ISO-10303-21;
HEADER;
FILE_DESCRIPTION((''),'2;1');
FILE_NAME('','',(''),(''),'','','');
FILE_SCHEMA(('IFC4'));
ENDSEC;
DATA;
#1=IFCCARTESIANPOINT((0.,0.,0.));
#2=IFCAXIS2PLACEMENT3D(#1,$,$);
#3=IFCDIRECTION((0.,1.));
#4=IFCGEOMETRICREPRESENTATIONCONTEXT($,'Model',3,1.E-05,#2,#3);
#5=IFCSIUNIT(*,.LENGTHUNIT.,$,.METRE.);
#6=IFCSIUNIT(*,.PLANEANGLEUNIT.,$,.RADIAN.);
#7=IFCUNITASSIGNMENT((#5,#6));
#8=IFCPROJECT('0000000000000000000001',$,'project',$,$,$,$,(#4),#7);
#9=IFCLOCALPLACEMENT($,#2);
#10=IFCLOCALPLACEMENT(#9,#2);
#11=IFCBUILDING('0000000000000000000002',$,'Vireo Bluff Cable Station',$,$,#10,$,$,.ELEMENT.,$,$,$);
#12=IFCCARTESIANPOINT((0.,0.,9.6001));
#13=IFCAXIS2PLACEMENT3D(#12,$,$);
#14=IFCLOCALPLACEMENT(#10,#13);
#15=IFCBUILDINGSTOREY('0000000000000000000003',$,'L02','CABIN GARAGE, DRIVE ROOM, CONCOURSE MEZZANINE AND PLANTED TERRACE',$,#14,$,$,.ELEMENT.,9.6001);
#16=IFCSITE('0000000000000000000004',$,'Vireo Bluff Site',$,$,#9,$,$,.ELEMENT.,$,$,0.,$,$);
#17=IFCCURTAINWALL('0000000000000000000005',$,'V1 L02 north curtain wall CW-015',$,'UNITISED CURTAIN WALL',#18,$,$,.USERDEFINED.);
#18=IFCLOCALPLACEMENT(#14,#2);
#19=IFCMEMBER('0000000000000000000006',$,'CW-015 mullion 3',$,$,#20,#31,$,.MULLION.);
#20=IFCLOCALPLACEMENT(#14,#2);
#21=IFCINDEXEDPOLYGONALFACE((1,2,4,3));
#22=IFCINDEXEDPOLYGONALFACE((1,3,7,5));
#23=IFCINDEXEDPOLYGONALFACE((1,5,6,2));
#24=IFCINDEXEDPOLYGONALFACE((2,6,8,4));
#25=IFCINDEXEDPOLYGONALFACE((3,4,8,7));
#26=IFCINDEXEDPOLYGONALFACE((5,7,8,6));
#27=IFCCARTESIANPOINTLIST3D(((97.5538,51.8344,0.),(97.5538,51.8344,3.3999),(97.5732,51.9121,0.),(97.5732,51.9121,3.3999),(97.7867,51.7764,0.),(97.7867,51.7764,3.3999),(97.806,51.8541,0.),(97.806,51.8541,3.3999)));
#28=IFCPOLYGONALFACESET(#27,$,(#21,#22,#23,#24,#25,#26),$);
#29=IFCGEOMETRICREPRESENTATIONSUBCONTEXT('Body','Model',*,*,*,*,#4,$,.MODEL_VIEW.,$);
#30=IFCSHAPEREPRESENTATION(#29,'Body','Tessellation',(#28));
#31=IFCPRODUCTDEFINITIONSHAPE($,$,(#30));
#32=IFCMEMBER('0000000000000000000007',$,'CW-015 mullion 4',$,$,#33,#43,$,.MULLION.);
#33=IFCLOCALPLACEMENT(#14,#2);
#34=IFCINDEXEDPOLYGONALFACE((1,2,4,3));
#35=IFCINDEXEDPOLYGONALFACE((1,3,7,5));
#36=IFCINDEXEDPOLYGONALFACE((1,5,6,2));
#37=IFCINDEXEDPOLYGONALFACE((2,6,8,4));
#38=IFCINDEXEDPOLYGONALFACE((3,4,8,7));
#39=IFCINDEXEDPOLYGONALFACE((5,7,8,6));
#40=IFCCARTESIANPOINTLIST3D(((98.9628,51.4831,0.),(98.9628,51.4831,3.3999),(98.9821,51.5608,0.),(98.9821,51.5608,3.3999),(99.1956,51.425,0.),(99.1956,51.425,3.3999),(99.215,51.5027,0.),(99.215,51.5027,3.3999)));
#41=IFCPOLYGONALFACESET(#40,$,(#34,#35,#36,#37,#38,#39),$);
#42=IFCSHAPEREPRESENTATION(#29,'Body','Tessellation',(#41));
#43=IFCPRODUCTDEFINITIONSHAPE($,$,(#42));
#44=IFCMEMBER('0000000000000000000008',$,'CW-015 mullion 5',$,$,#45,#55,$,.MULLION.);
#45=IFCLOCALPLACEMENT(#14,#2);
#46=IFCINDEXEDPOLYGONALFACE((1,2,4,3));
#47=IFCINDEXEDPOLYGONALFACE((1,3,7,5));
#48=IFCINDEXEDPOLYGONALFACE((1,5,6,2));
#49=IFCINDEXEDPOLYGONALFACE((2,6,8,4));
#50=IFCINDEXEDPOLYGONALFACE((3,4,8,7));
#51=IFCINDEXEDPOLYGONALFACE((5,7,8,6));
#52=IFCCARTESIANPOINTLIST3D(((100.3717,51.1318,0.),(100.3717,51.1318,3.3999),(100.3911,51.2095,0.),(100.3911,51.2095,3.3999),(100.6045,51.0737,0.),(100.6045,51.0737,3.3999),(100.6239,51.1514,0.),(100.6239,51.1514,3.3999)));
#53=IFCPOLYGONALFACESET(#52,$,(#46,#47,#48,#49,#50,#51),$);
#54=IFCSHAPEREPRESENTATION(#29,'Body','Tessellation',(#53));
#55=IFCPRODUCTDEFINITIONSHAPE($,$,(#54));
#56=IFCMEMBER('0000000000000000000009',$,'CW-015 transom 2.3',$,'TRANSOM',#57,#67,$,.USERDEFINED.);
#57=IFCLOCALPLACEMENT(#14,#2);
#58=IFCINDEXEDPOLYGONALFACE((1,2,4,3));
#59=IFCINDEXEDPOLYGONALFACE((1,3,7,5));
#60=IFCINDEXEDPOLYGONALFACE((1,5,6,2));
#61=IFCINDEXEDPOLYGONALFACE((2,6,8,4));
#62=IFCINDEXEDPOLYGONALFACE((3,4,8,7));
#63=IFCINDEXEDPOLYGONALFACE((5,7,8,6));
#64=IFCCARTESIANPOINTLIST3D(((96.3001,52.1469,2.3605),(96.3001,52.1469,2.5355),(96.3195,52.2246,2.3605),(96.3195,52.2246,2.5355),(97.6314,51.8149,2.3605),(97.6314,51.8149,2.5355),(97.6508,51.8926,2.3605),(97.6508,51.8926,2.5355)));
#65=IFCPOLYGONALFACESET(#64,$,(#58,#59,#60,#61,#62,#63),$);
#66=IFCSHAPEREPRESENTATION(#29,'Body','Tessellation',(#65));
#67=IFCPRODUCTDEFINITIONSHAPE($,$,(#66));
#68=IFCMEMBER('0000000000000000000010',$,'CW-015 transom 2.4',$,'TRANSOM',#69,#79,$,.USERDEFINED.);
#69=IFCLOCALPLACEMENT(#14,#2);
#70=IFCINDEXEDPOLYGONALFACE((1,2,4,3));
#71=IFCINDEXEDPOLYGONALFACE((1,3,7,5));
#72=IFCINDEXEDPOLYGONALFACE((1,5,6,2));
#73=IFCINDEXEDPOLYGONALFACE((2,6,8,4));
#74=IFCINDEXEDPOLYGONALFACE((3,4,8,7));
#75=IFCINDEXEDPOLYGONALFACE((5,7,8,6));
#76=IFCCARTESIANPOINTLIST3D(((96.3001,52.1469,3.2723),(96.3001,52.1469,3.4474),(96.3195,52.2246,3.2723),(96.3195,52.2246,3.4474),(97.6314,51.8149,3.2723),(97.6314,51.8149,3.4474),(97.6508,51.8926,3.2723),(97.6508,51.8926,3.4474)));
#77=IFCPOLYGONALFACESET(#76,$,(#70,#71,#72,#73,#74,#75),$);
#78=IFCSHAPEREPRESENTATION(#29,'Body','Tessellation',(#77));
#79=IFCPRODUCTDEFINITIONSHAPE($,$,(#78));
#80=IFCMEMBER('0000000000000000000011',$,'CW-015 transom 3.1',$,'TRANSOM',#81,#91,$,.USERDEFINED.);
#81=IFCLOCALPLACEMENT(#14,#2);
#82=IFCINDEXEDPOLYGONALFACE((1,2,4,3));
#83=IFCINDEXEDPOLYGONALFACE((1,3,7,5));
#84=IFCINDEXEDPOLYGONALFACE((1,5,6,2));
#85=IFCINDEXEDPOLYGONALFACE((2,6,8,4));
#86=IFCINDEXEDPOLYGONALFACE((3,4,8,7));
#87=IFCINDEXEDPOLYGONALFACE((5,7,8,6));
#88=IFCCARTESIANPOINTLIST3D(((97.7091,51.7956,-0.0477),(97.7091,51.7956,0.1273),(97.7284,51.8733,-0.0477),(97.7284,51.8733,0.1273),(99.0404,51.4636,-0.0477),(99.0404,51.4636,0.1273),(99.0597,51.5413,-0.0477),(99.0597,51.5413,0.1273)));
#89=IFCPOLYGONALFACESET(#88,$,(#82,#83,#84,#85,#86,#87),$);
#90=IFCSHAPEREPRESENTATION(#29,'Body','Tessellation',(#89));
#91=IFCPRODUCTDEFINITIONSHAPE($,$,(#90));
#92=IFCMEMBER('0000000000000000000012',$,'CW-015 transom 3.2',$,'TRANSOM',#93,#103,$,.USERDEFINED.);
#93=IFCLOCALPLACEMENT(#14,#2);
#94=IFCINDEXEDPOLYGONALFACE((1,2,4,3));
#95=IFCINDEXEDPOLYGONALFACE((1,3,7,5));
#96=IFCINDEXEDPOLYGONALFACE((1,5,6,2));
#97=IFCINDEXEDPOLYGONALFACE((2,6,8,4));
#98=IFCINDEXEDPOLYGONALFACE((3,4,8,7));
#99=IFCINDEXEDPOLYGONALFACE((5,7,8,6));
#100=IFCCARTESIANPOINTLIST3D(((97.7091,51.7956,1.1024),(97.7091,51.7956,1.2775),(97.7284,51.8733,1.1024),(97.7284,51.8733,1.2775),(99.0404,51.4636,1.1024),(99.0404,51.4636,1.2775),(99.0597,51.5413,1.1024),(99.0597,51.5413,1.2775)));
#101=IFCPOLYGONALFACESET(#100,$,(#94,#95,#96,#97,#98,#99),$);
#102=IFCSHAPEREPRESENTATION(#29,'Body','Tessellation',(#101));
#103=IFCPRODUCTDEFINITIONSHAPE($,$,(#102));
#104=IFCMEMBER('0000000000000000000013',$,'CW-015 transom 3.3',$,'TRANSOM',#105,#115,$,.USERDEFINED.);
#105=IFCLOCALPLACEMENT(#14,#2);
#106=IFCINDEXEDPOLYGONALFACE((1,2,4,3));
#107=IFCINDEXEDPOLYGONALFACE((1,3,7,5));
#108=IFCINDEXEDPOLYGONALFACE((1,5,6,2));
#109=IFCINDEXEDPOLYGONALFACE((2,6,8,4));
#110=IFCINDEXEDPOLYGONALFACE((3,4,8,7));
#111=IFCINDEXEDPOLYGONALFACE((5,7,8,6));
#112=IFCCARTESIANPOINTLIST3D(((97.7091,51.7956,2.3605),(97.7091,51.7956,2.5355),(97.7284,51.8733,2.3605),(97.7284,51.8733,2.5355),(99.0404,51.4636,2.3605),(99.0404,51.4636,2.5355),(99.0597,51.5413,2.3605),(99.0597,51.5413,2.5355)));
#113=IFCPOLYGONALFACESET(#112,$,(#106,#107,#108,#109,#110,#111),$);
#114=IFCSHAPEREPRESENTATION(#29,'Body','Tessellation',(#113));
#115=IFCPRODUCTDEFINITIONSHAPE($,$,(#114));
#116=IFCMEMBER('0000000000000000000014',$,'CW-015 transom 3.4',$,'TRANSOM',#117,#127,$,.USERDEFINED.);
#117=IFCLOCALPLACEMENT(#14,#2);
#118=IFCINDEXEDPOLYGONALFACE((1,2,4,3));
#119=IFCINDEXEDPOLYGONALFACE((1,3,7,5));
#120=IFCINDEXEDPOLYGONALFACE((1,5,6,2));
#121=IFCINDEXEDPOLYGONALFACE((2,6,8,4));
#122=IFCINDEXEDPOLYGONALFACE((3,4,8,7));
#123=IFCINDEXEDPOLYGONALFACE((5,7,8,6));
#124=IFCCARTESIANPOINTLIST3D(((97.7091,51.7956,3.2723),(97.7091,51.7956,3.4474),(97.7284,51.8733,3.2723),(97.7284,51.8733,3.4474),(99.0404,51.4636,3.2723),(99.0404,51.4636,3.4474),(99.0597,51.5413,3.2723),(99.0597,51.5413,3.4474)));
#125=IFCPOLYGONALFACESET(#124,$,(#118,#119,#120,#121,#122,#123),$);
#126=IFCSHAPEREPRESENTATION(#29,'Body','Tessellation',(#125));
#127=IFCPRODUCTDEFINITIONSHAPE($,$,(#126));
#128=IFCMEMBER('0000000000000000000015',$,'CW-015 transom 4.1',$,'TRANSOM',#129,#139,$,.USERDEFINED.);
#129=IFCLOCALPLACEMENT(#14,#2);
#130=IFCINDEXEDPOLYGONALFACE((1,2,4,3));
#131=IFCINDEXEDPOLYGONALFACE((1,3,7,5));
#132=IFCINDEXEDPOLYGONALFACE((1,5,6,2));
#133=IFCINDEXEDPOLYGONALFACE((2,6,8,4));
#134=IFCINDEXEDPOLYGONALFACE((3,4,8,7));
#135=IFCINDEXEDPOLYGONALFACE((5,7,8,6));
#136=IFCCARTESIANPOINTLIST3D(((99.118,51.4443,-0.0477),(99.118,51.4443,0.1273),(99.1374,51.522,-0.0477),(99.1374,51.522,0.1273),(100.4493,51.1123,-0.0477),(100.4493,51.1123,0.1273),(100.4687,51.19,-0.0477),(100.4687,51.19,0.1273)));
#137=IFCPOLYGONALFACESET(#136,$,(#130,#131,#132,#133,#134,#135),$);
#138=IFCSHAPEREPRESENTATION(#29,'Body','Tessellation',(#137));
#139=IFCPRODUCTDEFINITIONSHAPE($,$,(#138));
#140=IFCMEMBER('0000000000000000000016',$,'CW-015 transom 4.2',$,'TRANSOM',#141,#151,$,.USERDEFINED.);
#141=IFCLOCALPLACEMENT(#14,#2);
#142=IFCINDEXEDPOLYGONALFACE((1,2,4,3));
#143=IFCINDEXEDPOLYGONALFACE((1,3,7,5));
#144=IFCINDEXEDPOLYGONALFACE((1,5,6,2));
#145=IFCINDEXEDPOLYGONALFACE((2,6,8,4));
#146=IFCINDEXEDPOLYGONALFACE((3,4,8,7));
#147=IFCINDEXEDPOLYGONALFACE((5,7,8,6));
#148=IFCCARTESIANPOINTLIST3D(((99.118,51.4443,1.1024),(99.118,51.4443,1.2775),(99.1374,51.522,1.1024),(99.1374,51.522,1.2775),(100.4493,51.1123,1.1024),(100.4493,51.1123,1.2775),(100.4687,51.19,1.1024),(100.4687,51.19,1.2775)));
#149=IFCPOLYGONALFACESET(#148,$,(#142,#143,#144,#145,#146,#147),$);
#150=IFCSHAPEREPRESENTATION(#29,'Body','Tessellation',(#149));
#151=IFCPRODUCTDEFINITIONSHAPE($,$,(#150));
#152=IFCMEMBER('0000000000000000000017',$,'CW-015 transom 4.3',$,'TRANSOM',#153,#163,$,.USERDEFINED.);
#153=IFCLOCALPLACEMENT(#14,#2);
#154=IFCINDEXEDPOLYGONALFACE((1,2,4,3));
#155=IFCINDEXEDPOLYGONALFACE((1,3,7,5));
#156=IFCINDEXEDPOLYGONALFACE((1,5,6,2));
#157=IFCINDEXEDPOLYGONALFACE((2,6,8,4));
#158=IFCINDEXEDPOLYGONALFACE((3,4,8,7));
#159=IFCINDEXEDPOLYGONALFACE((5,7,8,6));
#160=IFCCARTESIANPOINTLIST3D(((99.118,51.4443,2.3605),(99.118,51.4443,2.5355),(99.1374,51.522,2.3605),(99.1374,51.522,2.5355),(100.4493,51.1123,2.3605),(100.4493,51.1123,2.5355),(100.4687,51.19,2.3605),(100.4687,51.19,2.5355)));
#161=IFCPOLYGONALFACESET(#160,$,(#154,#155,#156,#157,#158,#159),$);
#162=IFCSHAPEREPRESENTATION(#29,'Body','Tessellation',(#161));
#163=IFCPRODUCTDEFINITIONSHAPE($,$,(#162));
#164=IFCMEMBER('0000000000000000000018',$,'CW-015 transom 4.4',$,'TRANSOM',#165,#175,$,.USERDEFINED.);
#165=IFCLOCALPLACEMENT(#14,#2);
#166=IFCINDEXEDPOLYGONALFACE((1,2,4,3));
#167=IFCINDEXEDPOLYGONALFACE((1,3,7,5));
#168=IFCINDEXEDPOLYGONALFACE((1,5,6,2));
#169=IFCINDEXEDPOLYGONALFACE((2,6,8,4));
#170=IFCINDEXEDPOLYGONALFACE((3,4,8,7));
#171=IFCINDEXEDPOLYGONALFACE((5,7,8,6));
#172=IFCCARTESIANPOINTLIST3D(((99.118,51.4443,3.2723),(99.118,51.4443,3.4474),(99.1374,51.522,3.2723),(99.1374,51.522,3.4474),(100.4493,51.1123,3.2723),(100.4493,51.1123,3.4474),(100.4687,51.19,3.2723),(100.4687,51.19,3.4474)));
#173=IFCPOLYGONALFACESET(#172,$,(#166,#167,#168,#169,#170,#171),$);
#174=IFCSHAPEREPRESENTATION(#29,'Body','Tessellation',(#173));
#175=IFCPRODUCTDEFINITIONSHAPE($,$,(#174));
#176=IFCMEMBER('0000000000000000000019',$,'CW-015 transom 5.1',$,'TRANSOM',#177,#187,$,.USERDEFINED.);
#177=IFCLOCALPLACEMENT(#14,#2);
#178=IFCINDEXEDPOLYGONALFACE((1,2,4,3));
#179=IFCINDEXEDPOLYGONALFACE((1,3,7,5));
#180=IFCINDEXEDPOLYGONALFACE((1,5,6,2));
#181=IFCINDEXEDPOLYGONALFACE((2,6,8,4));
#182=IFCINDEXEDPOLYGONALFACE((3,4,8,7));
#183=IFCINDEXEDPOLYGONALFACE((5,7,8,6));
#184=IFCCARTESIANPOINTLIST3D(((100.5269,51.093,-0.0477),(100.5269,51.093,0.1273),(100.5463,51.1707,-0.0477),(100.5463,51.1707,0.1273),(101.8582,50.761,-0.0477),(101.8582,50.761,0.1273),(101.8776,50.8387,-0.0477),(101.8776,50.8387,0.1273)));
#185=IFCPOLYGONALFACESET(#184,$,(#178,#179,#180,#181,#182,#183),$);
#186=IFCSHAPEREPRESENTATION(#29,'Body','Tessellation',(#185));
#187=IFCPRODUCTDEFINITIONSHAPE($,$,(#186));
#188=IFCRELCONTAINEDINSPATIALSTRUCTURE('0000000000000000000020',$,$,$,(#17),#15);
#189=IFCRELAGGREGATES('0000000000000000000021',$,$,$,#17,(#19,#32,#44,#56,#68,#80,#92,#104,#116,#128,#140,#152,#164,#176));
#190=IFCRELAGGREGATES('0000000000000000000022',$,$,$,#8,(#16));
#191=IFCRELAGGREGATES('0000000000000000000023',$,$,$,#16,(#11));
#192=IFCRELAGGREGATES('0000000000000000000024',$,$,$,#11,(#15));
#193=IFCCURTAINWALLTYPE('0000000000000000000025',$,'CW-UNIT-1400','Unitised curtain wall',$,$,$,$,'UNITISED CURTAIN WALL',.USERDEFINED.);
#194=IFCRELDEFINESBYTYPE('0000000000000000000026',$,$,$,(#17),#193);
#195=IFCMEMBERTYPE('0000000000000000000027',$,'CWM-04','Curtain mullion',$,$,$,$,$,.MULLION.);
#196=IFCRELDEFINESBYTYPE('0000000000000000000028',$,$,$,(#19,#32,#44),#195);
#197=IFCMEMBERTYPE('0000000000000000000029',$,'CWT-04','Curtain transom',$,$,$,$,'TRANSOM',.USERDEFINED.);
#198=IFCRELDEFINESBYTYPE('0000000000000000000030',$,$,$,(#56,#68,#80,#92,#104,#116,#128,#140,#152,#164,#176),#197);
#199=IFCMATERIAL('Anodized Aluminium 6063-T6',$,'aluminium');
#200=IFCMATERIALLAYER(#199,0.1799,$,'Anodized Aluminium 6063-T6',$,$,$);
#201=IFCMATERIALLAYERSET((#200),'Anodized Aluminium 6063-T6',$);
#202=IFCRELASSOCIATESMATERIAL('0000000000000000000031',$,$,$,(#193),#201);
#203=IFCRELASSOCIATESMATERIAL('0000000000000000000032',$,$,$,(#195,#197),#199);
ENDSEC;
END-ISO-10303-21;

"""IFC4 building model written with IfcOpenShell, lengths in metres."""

from ifc_helpers import new_model, si_unit, direction, frame, origin, origin_2d, place, context, subcontext, project, spatial, rectangle, extrude, material, layer, layer_set, material_profile, profile_set, type_object, element, aggregate, save


model = new_model("IFC4")

# Units and contexts
model_context = context("Model", 3, precision=1e-05, world=origin(), true_north=direction((0.0, 1.0)))
body_context = subcontext(model_context, "Body", "Model", "MODEL_VIEW")
ifc_project = project(units=[si_unit("LENGTHUNIT", "METRE"), si_unit("PLANEANGLEUNIT", "RADIAN")], contexts=[model_context])

# Site, building, storey
site_placement = place(None, origin())
site = spatial("IfcSite", under=ifc_project, at=site_placement, Name="Vireo Bluff Site", CompositionType="ELEMENT", RefElevation=0.0)
building_placement = place(site_placement, origin())
building = spatial("IfcBuilding", under=site, at=building_placement, Name="Vireo Bluff Cable Station", CompositionType="ELEMENT")
storey_placement = place(building_placement, frame((0.0, 0.0, 9.6001)))
storey = spatial("IfcBuildingStorey", under=building, at=storey_placement, Name="L02", Description="CABIN GARAGE, DRIVE ROOM, CONCOURSE MEZZANINE AND PLANTED TERRACE", CompositionType="ELEMENT", Elevation=9.6001)

# Curtain wall, members
ifc_material_1 = material(Name="Anodized Aluminium 6063-T6", Category="aluminium")
ifc_layer_1 = layer(ifc_material_1, 0.1799, Name="Anodized Aluminium 6063-T6")
ifc_layer_set_1 = layer_set([ifc_layer_1], Name="Anodized Aluminium 6063-T6")
curtain_wall_type = type_object("IfcCurtainWallType", Name="CW-UNIT-1400", Description="Unitised curtain wall", ElementType="UNITISED CURTAIN WALL", PredefinedType="USERDEFINED", material=ifc_layer_set_1)
curtain_wall_placement = place(storey_placement, origin())
curtain_wall = element("IfcCurtainWall", 1, at=curtain_wall_placement, inside=storey, type_object=curtain_wall_type, Name="V1 L02 north curtain wall CW-015", ObjectType="UNITISED CURTAIN WALL", PredefinedType="USERDEFINED")
ifc_material_profile_1 = material_profile(ifc_material_1, rectangle(XDim=0.0801, YDim=0.24, at=origin_2d()), Name="ALU-M-80X240")
ifc_profile_set_1 = profile_set([ifc_material_profile_1], Name="Anodized Aluminium 6063-T6")
member_type_1 = type_object("IfcMemberType", Name="CWM-04", Description="Curtain mullion", PredefinedType="MULLION", material=ifc_profile_set_1)
member_1_placement = place(storey_placement, frame((97.6799, 51.8442, 0.0), z_axis=(0.0, 0.0, 1.0), x_axis=(0.241922, 0.970296, 0.0)))
member_1 = element("IfcMember", 2, at=member_1_placement, type_object=member_type_1, Name="CW-015 mullion 3", PredefinedType="MULLION", context=body_context, shape_type="SweptSolid", body=[
    extrude(rectangle(XDim=0.0801, YDim=0.24, at=origin_2d()), origin(), (0.0, 0.0, 1.0), 3.3999),
])
member_2_placement = place(storey_placement, frame((99.0889, 51.4929, 0.0), z_axis=(0.0, 0.0, 1.0), x_axis=(0.241922, 0.970296, 0.0)))
member_2 = element("IfcMember", 3, at=member_2_placement, type_object=member_type_1, Name="CW-015 mullion 4", PredefinedType="MULLION", context=body_context, shape_type="SweptSolid", body=[
    extrude(rectangle(XDim=0.0801, YDim=0.24, at=origin_2d()), origin(), (0.0, 0.0, 1.0), 3.3999),
])
member_3_placement = place(storey_placement, frame((100.4978, 51.1416, 0.0), z_axis=(0.0, 0.0, 1.0), x_axis=(0.241922, 0.970296, 0.0)))
member_3 = element("IfcMember", 4, at=member_3_placement, type_object=member_type_1, Name="CW-015 mullion 5", PredefinedType="MULLION", context=body_context, shape_type="SweptSolid", body=[
    extrude(rectangle(XDim=0.0801, YDim=0.24, at=origin_2d()), origin(), (0.0, 0.0, 1.0), 3.3999),
])
ifc_material_profile_2 = material_profile(ifc_material_1, rectangle(XDim=0.0801, YDim=0.175, at=origin_2d()), Name="ALU-T-80X175")
ifc_profile_set_2 = profile_set([ifc_material_profile_2], Name="Anodized Aluminium 6063-T6")
member_type_2 = type_object("IfcMemberType", Name="CWT-04", Description="Curtain transom", ElementType="TRANSOM", PredefinedType="USERDEFINED", material=ifc_profile_set_2)
member_4_placement = place(storey_placement, frame((96.3098, 52.1858, 2.448), z_axis=(0.970278, -0.241991, 0.0), x_axis=(0.241991, 0.970278, 0.0)))
member_4 = element("IfcMember", 5, at=member_4_placement, type_object=member_type_2, Name="CW-015 transom 2.3", ObjectType="TRANSOM", PredefinedType="USERDEFINED", context=body_context, shape_type="SweptSolid", body=[
    extrude(rectangle(XDim=0.0801, YDim=0.175, at=origin_2d()), origin(), (0.0, 0.0, 1.0), 1.3721),
])
member_5_placement = place(storey_placement, frame((96.3098, 52.1858, 3.3599), z_axis=(0.970278, -0.241991, 0.0), x_axis=(0.241991, 0.970278, 0.0)))
member_5 = element("IfcMember", 6, at=member_5_placement, type_object=member_type_2, Name="CW-015 transom 2.4", ObjectType="TRANSOM", PredefinedType="USERDEFINED", context=body_context, shape_type="SweptSolid", body=[
    extrude(rectangle(XDim=0.0801, YDim=0.175, at=origin_2d()), origin(), (0.0, 0.0, 1.0), 1.3721),
])
member_6_placement = place(storey_placement, frame((97.7188, 51.8345, 0.0398), z_axis=(0.970278, -0.241991, 0.0), x_axis=(0.241991, 0.970278, 0.0)))
member_6 = element("IfcMember", 7, at=member_6_placement, type_object=member_type_2, Name="CW-015 transom 3.1", ObjectType="TRANSOM", PredefinedType="USERDEFINED", context=body_context, shape_type="SweptSolid", body=[
    extrude(rectangle(XDim=0.0801, YDim=0.175, at=origin_2d()), origin(), (0.0, 0.0, 1.0), 1.3721),
])
member_7_placement = place(storey_placement, frame((97.7188, 51.8345, 1.1899), z_axis=(0.970278, -0.241991, 0.0), x_axis=(0.241991, 0.970278, 0.0)))
member_7 = element("IfcMember", 8, at=member_7_placement, type_object=member_type_2, Name="CW-015 transom 3.2", ObjectType="TRANSOM", PredefinedType="USERDEFINED", context=body_context, shape_type="SweptSolid", body=[
    extrude(rectangle(XDim=0.0801, YDim=0.175, at=origin_2d()), origin(), (0.0, 0.0, 1.0), 1.3721),
])
member_8_placement = place(storey_placement, frame((97.7188, 51.8345, 2.448), z_axis=(0.970278, -0.241991, 0.0), x_axis=(0.241991, 0.970278, 0.0)))
member_8 = element("IfcMember", 9, at=member_8_placement, type_object=member_type_2, Name="CW-015 transom 3.3", ObjectType="TRANSOM", PredefinedType="USERDEFINED", context=body_context, shape_type="SweptSolid", body=[
    extrude(rectangle(XDim=0.0801, YDim=0.175, at=origin_2d()), origin(), (0.0, 0.0, 1.0), 1.3721),
])
member_9_placement = place(storey_placement, frame((97.7188, 51.8345, 3.3599), z_axis=(0.970278, -0.241991, 0.0), x_axis=(0.241991, 0.970278, 0.0)))
member_9 = element("IfcMember", 10, at=member_9_placement, type_object=member_type_2, Name="CW-015 transom 3.4", ObjectType="TRANSOM", PredefinedType="USERDEFINED", context=body_context, shape_type="SweptSolid", body=[
    extrude(rectangle(XDim=0.0801, YDim=0.175, at=origin_2d()), origin(), (0.0, 0.0, 1.0), 1.3721),
])
member_10_placement = place(storey_placement, frame((99.1277, 51.4832, 0.0398), z_axis=(0.970278, -0.241991, 0.0), x_axis=(0.241991, 0.970278, 0.0)))
member_10 = element("IfcMember", 11, at=member_10_placement, type_object=member_type_2, Name="CW-015 transom 4.1", ObjectType="TRANSOM", PredefinedType="USERDEFINED", context=body_context, shape_type="SweptSolid", body=[
    extrude(rectangle(XDim=0.0801, YDim=0.175, at=origin_2d()), origin(), (0.0, 0.0, 1.0), 1.3721),
])
member_11_placement = place(storey_placement, frame((99.1277, 51.4832, 1.1899), z_axis=(0.970278, -0.241991, 0.0), x_axis=(0.241991, 0.970278, 0.0)))
member_11 = element("IfcMember", 12, at=member_11_placement, type_object=member_type_2, Name="CW-015 transom 4.2", ObjectType="TRANSOM", PredefinedType="USERDEFINED", context=body_context, shape_type="SweptSolid", body=[
    extrude(rectangle(XDim=0.0801, YDim=0.175, at=origin_2d()), origin(), (0.0, 0.0, 1.0), 1.3721),
])
member_12_placement = place(storey_placement, frame((99.1277, 51.4832, 2.448), z_axis=(0.970278, -0.241991, 0.0), x_axis=(0.241991, 0.970278, 0.0)))
member_12 = element("IfcMember", 13, at=member_12_placement, type_object=member_type_2, Name="CW-015 transom 4.3", ObjectType="TRANSOM", PredefinedType="USERDEFINED", context=body_context, shape_type="SweptSolid", body=[
    extrude(rectangle(XDim=0.0801, YDim=0.175, at=origin_2d()), origin(), (0.0, 0.0, 1.0), 1.3721),
])
member_13_placement = place(storey_placement, frame((99.1277, 51.4832, 3.3599), z_axis=(0.970278, -0.241991, 0.0), x_axis=(0.241991, 0.970278, 0.0)))
member_13 = element("IfcMember", 14, at=member_13_placement, type_object=member_type_2, Name="CW-015 transom 4.4", ObjectType="TRANSOM", PredefinedType="USERDEFINED", context=body_context, shape_type="SweptSolid", body=[
    extrude(rectangle(XDim=0.0801, YDim=0.175, at=origin_2d()), origin(), (0.0, 0.0, 1.0), 1.3721),
])
member_14_placement = place(storey_placement, frame((100.5366, 51.1318, 0.0398), z_axis=(0.970278, -0.241991, 0.0), x_axis=(0.241991, 0.970278, 0.0)))
member_14 = element("IfcMember", 15, at=member_14_placement, type_object=member_type_2, Name="CW-015 transom 5.1", ObjectType="TRANSOM", PredefinedType="USERDEFINED", context=body_context, shape_type="SweptSolid", body=[
    extrude(rectangle(XDim=0.0801, YDim=0.175, at=origin_2d()), origin(), (0.0, 0.0, 1.0), 1.3721),
])
aggregate(curtain_wall, [member_1, member_2, member_3, member_4, member_5, member_6, member_7, member_8, member_9, member_10, member_11, member_12, member_13, member_14])

save(model, "model.ifc")
